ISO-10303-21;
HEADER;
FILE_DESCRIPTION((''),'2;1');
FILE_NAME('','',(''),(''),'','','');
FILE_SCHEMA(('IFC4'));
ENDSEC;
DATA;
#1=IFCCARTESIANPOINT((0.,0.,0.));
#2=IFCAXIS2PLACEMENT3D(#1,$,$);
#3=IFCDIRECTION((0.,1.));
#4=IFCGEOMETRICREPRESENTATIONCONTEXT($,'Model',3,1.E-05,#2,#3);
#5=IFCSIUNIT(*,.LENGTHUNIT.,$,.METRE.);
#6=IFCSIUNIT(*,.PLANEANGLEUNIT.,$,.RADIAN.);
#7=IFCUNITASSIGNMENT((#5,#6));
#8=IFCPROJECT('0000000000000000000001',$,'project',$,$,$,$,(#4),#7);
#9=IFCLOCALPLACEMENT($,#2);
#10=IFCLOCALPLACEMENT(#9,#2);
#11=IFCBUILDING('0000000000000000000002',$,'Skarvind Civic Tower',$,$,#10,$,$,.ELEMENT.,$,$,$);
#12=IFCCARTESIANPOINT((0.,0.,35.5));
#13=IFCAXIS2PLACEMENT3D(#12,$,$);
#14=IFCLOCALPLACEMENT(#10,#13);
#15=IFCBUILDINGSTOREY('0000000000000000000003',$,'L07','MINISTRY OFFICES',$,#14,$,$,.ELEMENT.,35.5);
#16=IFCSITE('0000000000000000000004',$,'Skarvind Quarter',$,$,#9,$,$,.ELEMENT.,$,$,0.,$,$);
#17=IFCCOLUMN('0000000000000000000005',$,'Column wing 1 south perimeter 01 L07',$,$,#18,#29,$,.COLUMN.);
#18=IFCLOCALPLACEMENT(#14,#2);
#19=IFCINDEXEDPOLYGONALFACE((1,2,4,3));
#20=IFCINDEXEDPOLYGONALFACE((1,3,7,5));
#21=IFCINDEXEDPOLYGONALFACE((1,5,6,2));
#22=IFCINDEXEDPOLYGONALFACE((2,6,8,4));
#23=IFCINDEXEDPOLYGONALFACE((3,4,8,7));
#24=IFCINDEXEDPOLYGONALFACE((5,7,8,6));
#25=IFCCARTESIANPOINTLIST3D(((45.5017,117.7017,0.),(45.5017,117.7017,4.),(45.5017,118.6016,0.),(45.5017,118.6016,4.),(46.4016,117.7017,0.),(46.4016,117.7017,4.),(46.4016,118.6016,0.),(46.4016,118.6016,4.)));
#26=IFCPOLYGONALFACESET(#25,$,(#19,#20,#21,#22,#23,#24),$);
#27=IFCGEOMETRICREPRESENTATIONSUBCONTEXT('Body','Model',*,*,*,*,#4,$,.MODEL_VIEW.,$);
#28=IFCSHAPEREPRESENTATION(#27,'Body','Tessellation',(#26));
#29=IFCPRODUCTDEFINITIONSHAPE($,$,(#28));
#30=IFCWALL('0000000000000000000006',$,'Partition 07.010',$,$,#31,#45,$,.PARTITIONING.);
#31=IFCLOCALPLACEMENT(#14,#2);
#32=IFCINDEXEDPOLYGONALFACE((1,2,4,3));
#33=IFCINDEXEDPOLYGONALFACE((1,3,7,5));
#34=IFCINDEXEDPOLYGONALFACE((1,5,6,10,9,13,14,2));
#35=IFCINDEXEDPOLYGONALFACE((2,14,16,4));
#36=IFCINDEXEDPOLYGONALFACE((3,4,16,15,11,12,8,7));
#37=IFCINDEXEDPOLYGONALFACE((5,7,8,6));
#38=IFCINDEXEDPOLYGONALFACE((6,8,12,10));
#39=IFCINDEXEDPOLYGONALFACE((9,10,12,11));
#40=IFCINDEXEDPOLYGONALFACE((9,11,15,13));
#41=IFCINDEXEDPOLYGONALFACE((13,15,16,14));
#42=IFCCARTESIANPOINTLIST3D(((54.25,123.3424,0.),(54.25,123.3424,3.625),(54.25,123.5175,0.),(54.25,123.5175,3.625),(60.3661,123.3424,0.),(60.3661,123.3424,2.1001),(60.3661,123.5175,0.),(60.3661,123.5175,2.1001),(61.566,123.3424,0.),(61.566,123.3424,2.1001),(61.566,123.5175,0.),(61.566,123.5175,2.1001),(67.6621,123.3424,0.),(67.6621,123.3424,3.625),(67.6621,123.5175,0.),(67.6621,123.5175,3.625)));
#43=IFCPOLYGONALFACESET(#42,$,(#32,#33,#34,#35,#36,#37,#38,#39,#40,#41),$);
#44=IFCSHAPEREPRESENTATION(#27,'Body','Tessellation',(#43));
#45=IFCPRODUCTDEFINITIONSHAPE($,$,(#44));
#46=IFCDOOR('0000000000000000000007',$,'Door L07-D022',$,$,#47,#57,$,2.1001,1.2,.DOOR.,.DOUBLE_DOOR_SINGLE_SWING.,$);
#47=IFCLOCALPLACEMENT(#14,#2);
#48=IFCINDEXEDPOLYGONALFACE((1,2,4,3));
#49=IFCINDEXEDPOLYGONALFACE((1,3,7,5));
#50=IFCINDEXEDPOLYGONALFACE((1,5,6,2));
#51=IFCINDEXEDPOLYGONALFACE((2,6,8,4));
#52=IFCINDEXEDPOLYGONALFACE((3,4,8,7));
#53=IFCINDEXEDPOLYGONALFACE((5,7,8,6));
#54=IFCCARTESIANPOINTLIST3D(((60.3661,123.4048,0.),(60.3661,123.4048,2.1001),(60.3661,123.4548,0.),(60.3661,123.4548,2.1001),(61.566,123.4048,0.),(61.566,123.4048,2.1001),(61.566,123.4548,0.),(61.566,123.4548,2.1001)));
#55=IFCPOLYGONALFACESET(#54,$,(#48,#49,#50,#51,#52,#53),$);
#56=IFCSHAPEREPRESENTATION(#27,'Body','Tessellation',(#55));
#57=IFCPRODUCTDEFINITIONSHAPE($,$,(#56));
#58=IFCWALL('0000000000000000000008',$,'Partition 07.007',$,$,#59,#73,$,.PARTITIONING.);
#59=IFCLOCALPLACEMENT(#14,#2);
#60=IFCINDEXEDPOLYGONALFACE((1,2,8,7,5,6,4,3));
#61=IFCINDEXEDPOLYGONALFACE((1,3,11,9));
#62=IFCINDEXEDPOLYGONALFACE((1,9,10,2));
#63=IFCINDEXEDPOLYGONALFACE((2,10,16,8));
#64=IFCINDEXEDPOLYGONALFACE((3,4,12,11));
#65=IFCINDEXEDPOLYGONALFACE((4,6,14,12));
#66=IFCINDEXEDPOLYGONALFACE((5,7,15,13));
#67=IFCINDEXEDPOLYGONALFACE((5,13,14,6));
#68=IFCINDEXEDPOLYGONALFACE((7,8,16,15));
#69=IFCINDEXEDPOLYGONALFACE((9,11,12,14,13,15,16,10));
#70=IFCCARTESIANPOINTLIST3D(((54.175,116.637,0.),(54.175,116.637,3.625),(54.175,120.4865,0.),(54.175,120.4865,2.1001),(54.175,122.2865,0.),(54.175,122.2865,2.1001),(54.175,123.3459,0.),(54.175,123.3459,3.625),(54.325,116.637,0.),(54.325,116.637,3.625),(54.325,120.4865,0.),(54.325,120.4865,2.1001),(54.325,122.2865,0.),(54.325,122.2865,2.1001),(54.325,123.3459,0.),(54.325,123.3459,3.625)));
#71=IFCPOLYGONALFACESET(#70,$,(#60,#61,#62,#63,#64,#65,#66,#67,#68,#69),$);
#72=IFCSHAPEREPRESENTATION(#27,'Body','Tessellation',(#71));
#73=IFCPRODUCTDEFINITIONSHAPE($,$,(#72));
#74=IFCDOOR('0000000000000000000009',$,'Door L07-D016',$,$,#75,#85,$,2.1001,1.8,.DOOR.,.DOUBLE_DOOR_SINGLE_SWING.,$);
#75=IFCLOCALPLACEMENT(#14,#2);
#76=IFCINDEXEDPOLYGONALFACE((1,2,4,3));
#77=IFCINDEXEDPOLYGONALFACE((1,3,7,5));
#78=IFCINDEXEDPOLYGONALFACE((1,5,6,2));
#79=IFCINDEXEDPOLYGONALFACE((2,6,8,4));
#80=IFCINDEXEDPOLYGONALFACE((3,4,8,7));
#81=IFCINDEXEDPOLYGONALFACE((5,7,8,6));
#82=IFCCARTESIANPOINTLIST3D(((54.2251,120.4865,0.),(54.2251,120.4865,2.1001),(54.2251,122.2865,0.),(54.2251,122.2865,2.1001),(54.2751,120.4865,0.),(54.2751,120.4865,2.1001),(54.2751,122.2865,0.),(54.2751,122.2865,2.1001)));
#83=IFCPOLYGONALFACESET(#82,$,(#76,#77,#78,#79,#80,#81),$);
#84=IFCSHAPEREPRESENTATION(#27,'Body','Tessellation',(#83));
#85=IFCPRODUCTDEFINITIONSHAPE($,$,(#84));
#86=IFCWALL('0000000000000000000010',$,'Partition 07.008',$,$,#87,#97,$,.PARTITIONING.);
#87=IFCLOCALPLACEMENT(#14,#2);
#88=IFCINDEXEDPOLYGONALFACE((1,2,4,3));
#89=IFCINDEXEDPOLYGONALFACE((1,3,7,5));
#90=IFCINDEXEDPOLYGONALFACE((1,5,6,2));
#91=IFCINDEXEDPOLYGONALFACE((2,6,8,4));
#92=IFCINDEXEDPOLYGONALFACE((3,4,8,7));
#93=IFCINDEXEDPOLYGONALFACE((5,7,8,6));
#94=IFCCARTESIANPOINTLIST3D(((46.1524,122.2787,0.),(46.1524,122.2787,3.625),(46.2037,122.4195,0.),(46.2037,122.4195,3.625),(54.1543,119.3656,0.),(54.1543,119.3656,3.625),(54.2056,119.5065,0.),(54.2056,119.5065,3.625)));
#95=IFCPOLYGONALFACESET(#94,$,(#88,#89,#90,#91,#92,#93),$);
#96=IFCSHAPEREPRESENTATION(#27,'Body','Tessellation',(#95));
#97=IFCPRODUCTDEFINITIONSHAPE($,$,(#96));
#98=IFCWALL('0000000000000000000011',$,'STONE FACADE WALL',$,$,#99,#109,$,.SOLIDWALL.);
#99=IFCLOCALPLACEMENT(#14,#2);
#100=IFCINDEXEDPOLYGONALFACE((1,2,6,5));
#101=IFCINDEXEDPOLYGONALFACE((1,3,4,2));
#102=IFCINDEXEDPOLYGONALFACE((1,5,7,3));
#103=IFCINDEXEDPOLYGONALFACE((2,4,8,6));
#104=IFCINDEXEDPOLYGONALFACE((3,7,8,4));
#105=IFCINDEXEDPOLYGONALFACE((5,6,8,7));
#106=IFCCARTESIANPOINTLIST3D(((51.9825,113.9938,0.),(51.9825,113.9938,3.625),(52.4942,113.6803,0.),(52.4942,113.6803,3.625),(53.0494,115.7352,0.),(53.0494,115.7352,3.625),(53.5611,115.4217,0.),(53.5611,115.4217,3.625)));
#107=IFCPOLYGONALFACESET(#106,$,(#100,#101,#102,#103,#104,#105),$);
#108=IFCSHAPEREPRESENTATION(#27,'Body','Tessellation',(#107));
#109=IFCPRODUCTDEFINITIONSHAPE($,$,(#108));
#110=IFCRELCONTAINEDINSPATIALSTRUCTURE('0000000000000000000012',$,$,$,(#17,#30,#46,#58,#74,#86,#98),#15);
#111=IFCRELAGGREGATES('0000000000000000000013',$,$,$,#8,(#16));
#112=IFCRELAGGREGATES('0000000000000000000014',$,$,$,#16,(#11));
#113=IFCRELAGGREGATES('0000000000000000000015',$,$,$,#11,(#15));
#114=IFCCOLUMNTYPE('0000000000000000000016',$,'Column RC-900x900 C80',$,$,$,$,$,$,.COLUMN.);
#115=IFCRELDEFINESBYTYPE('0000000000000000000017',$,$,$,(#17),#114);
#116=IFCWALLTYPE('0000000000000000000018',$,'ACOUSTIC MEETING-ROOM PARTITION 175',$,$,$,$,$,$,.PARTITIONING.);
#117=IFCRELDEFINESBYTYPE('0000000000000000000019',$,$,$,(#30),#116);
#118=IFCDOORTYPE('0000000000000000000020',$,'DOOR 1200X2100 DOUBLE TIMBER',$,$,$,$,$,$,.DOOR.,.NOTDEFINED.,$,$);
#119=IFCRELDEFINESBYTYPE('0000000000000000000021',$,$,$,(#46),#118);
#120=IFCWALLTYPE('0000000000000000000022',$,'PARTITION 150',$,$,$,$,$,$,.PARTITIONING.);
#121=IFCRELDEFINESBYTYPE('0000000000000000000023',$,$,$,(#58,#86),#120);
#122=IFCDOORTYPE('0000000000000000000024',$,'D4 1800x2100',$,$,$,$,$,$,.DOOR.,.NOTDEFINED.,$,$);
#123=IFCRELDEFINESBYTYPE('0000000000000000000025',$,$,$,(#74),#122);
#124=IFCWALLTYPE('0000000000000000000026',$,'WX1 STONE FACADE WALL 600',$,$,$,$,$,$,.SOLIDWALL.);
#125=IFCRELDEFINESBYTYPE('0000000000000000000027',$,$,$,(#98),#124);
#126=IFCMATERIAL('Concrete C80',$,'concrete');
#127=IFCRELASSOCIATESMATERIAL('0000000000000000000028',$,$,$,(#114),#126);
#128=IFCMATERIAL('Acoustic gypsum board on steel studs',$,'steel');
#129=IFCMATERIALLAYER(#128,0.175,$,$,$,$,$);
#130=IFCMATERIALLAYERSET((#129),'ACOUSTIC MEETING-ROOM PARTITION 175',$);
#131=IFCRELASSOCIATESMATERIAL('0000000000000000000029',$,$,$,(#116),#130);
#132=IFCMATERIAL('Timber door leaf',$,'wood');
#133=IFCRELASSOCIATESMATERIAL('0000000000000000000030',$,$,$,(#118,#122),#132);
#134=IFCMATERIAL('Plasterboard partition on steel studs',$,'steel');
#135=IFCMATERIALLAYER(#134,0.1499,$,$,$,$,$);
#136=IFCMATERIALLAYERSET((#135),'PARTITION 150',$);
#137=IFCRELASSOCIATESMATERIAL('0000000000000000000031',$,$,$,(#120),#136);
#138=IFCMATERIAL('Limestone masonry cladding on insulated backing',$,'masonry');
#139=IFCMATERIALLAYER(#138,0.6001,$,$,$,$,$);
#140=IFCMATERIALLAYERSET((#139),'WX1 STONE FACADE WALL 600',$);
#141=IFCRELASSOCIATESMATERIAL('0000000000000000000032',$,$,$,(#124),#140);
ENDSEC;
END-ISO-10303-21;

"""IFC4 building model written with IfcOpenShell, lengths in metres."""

from ifc_helpers import new_model, si_unit, direction, frame, frame_2d, origin, origin_2d, place, context, subcontext, project, spatial, rectangle, extrude, material, layer, layer_set, material_profile, profile_set, type_object, element, fill, save


model = new_model("IFC4")

# Units and contexts
model_context = context("Model", 3, precision=1e-05, world=origin(), true_north=direction((0.0, 1.0)))
body_context = subcontext(model_context, "Body", "Model", "MODEL_VIEW")
ifc_project = project(units=[si_unit("LENGTHUNIT", "METRE"), si_unit("PLANEANGLEUNIT", "RADIAN")], contexts=[model_context])

# Site, building, storey
site_placement = place(None, origin())
site = spatial("IfcSite", under=ifc_project, at=site_placement, Name="Skarvind Quarter", CompositionType="ELEMENT", RefElevation=0.0)
building_placement = place(site_placement, origin())
building = spatial("IfcBuilding", under=site, at=building_placement, Name="Skarvind Civic Tower", CompositionType="ELEMENT")
storey_placement = place(building_placement, frame((0.0, 0.0, 35.5)))
storey = spatial("IfcBuildingStorey", under=building, at=storey_placement, Name="L07", Description="MINISTRY OFFICES", CompositionType="ELEMENT", Elevation=35.5)

# Column
ifc_material_1 = material(Name="Concrete C80", Category="concrete")
ifc_material_profile = material_profile(ifc_material_1, rectangle(XDim=0.8999, YDim=0.8999, at=origin_2d()), Name="RC-900x900")
ifc_profile_set = profile_set([ifc_material_profile], Name="Concrete C80")
column_type = type_object("IfcColumnType", Name="Column RC-900x900 C80", PredefinedType="COLUMN", material=ifc_profile_set)
column_placement = place(storey_placement, frame((45.9517, 118.1516, 0.0), z_axis=(0.0, 0.0, 1.0), x_axis=(1.0, 0.0, 0.0)))
element("IfcColumn", 1, at=column_placement, inside=storey, type_object=column_type, Name="Column wing 1 south perimeter 01 L07", PredefinedType="COLUMN", context=body_context, shape_type="SweptSolid", body=[
    extrude(rectangle(XDim=0.8999, YDim=0.8999, at=origin_2d()), origin(), (0.0, 0.0, 1.0), 4.0),
])

# Walls, openings, doors
ifc_material_2 = material(Name="Acoustic gypsum board on steel studs", Category="steel")
ifc_layer_1 = layer(ifc_material_2, 0.175)
ifc_layer_set_1 = layer_set([ifc_layer_1], Name="ACOUSTIC MEETING-ROOM PARTITION 175")
wall_type_1 = type_object("IfcWallType", Name="ACOUSTIC MEETING-ROOM PARTITION 175", PredefinedType="PARTITIONING", material=ifc_layer_set_1)
wall_1_placement = place(storey_placement, frame((54.25, 123.4299, 0.0), z_axis=(0.0, 0.0, 1.0), x_axis=(1.0, 0.0, 0.0)))
wall_1 = element("IfcWall", 2, at=wall_1_placement, inside=storey, type_object=wall_type_1, Name="Partition 07.010", PredefinedType="PARTITIONING", context=body_context, shape_type="SweptSolid", body=[
    extrude(rectangle(XDim=13.4121, YDim=0.175, at=frame_2d((6.7061, 0.0))), origin(), (0.0, 0.0, 1.0), 3.625),
])
opening_1_placement = place(wall_1_placement, frame((6.116, 0.0, 0.0)))
opening_1 = element("IfcOpeningElement", 3, at=opening_1_placement, cuts=wall_1, PredefinedType="OPENING", context=body_context, shape_type="SweptSolid", body=[
    extrude(rectangle(XDim=1.2, YDim=2.1001, at=frame_2d((0.6001, 1.05))), frame((0.0, 0.0974, 0.0), z_axis=(0.0, -1.0, 0.0), x_axis=(1.0, 0.0, 0.0)), (0.0, 0.0, 1.0), 0.1951),
])
ifc_material_3 = material(Name="Timber door leaf", Category="wood")
door_type_1 = type_object("IfcDoorType", Name="DOOR 1200X2100 DOUBLE TIMBER", OperationType="NOTDEFINED", PredefinedType="DOOR", material=ifc_material_3)
door_1_placement = place(opening_1_placement, origin())
door_1 = element("IfcDoor", 4, at=door_1_placement, inside=storey, type_object=door_type_1, Name="Door L07-D022", OperationType="DOUBLE_DOOR_SINGLE_SWING", OverallHeight=2.1001, OverallWidth=1.2, PredefinedType="DOOR", context=body_context, shape_type="SweptSolid", body=[
    extrude(rectangle(XDim=1.2, YDim=2.1001, at=frame_2d((0.6001, 1.05))), frame((0.0, 0.0249, 0.0), z_axis=(0.0, -1.0, 0.0), x_axis=(1.0, 0.0, 0.0)), (0.0, 0.0, 1.0), 0.05),
])
fill(opening_1, door_1)
ifc_material_4 = material(Name="Plasterboard partition on steel studs", Category="steel")
ifc_layer_2 = layer(ifc_material_4, 0.1499)
ifc_layer_set_2 = layer_set([ifc_layer_2], Name="PARTITION 150")
wall_type_2 = type_object("IfcWallType", Name="PARTITION 150", PredefinedType="PARTITIONING", material=ifc_layer_set_2)
wall_2_placement = place(storey_placement, frame((54.25, 116.637, 0.0), z_axis=(0.0, 0.0, 1.0), x_axis=(0.0, 1.0, 0.0)))
wall_2 = element("IfcWall", 5, at=wall_2_placement, inside=storey, type_object=wall_type_2, Name="Partition 07.007", PredefinedType="PARTITIONING", context=body_context, shape_type="SweptSolid", body=[
    extrude(rectangle(XDim=6.709, YDim=0.1499, at=frame_2d((3.3545, 0.0))), origin(), (0.0, 0.0, 1.0), 3.625),
])
opening_2_placement = place(wall_2_placement, frame((3.8496, 0.0, 0.0)))
opening_2 = element("IfcOpeningElement", 6, at=opening_2_placement, cuts=wall_2, PredefinedType="OPENING", context=body_context, shape_type="SweptSolid", body=[
    extrude(rectangle(XDim=1.8, YDim=2.1001, at=frame_2d((0.8999, 1.05))), frame((0.0, 0.085, 0.0), z_axis=(0.0, -1.0, 0.0), x_axis=(1.0, 0.0, 0.0)), (0.0, 0.0, 1.0), 0.1699),
])
door_type_2 = type_object("IfcDoorType", Name="D4 1800x2100", OperationType="NOTDEFINED", PredefinedType="DOOR", material=ifc_material_3)
door_2_placement = place(opening_2_placement, origin())
door_2 = element("IfcDoor", 7, at=door_2_placement, inside=storey, type_object=door_type_2, Name="Door L07-D016", OperationType="DOUBLE_DOOR_SINGLE_SWING", OverallHeight=2.1001, OverallWidth=1.8, PredefinedType="DOOR", context=body_context, shape_type="SweptSolid", body=[
    extrude(rectangle(XDim=1.8, YDim=2.1001, at=frame_2d((0.8999, 1.05))), frame((0.0, 0.0249, 0.0), z_axis=(0.0, -1.0, 0.0), x_axis=(1.0, 0.0, 0.0)), (0.0, 0.0, 1.0), 0.05),
])
fill(opening_2, door_2)

# Walls
wall_3_placement = place(storey_placement, frame((54.1799, 119.436, 0.0), z_axis=(0.0, 0.0, 1.0), x_axis=(-0.939669, 0.342084, 0.0)))
element("IfcWall", 8, at=wall_3_placement, inside=storey, type_object=wall_type_2, Name="Partition 07.008", PredefinedType="PARTITIONING", context=body_context, shape_type="SweptSolid", body=[
    extrude(rectangle(XDim=8.5156, YDim=0.1499, at=frame_2d((4.2578, 0.0))), origin(), (0.0, 0.0, 1.0), 3.625),
])
ifc_material_5 = material(Name="Limestone masonry cladding on insulated backing", Category="masonry")
ifc_layer_3 = layer(ifc_material_5, 0.6001)
ifc_layer_set_3 = layer_set([ifc_layer_3], Name="WX1 STONE FACADE WALL 600")
wall_type_3 = type_object("IfcWallType", Name="WX1 STONE FACADE WALL 600", PredefinedType="SOLIDWALL", material=ifc_layer_set_3)
wall_4_placement = place(storey_placement, frame((53.3052, 115.5784, 0.0), z_axis=(0.0, 0.0, 1.0), x_axis=(-0.522402, -0.852699, 0.0)))
element("IfcWall", 9, at=wall_4_placement, inside=storey, type_object=wall_type_3, Name="STONE FACADE WALL", PredefinedType="SOLIDWALL", context=body_context, shape_type="SweptSolid", body=[
    extrude(rectangle(XDim=2.0422, YDim=0.6001, at=frame_2d((1.021, 0.0))), origin(), (0.0, 0.0, 1.0), 3.625),
])

save(model, "model.ifc")
